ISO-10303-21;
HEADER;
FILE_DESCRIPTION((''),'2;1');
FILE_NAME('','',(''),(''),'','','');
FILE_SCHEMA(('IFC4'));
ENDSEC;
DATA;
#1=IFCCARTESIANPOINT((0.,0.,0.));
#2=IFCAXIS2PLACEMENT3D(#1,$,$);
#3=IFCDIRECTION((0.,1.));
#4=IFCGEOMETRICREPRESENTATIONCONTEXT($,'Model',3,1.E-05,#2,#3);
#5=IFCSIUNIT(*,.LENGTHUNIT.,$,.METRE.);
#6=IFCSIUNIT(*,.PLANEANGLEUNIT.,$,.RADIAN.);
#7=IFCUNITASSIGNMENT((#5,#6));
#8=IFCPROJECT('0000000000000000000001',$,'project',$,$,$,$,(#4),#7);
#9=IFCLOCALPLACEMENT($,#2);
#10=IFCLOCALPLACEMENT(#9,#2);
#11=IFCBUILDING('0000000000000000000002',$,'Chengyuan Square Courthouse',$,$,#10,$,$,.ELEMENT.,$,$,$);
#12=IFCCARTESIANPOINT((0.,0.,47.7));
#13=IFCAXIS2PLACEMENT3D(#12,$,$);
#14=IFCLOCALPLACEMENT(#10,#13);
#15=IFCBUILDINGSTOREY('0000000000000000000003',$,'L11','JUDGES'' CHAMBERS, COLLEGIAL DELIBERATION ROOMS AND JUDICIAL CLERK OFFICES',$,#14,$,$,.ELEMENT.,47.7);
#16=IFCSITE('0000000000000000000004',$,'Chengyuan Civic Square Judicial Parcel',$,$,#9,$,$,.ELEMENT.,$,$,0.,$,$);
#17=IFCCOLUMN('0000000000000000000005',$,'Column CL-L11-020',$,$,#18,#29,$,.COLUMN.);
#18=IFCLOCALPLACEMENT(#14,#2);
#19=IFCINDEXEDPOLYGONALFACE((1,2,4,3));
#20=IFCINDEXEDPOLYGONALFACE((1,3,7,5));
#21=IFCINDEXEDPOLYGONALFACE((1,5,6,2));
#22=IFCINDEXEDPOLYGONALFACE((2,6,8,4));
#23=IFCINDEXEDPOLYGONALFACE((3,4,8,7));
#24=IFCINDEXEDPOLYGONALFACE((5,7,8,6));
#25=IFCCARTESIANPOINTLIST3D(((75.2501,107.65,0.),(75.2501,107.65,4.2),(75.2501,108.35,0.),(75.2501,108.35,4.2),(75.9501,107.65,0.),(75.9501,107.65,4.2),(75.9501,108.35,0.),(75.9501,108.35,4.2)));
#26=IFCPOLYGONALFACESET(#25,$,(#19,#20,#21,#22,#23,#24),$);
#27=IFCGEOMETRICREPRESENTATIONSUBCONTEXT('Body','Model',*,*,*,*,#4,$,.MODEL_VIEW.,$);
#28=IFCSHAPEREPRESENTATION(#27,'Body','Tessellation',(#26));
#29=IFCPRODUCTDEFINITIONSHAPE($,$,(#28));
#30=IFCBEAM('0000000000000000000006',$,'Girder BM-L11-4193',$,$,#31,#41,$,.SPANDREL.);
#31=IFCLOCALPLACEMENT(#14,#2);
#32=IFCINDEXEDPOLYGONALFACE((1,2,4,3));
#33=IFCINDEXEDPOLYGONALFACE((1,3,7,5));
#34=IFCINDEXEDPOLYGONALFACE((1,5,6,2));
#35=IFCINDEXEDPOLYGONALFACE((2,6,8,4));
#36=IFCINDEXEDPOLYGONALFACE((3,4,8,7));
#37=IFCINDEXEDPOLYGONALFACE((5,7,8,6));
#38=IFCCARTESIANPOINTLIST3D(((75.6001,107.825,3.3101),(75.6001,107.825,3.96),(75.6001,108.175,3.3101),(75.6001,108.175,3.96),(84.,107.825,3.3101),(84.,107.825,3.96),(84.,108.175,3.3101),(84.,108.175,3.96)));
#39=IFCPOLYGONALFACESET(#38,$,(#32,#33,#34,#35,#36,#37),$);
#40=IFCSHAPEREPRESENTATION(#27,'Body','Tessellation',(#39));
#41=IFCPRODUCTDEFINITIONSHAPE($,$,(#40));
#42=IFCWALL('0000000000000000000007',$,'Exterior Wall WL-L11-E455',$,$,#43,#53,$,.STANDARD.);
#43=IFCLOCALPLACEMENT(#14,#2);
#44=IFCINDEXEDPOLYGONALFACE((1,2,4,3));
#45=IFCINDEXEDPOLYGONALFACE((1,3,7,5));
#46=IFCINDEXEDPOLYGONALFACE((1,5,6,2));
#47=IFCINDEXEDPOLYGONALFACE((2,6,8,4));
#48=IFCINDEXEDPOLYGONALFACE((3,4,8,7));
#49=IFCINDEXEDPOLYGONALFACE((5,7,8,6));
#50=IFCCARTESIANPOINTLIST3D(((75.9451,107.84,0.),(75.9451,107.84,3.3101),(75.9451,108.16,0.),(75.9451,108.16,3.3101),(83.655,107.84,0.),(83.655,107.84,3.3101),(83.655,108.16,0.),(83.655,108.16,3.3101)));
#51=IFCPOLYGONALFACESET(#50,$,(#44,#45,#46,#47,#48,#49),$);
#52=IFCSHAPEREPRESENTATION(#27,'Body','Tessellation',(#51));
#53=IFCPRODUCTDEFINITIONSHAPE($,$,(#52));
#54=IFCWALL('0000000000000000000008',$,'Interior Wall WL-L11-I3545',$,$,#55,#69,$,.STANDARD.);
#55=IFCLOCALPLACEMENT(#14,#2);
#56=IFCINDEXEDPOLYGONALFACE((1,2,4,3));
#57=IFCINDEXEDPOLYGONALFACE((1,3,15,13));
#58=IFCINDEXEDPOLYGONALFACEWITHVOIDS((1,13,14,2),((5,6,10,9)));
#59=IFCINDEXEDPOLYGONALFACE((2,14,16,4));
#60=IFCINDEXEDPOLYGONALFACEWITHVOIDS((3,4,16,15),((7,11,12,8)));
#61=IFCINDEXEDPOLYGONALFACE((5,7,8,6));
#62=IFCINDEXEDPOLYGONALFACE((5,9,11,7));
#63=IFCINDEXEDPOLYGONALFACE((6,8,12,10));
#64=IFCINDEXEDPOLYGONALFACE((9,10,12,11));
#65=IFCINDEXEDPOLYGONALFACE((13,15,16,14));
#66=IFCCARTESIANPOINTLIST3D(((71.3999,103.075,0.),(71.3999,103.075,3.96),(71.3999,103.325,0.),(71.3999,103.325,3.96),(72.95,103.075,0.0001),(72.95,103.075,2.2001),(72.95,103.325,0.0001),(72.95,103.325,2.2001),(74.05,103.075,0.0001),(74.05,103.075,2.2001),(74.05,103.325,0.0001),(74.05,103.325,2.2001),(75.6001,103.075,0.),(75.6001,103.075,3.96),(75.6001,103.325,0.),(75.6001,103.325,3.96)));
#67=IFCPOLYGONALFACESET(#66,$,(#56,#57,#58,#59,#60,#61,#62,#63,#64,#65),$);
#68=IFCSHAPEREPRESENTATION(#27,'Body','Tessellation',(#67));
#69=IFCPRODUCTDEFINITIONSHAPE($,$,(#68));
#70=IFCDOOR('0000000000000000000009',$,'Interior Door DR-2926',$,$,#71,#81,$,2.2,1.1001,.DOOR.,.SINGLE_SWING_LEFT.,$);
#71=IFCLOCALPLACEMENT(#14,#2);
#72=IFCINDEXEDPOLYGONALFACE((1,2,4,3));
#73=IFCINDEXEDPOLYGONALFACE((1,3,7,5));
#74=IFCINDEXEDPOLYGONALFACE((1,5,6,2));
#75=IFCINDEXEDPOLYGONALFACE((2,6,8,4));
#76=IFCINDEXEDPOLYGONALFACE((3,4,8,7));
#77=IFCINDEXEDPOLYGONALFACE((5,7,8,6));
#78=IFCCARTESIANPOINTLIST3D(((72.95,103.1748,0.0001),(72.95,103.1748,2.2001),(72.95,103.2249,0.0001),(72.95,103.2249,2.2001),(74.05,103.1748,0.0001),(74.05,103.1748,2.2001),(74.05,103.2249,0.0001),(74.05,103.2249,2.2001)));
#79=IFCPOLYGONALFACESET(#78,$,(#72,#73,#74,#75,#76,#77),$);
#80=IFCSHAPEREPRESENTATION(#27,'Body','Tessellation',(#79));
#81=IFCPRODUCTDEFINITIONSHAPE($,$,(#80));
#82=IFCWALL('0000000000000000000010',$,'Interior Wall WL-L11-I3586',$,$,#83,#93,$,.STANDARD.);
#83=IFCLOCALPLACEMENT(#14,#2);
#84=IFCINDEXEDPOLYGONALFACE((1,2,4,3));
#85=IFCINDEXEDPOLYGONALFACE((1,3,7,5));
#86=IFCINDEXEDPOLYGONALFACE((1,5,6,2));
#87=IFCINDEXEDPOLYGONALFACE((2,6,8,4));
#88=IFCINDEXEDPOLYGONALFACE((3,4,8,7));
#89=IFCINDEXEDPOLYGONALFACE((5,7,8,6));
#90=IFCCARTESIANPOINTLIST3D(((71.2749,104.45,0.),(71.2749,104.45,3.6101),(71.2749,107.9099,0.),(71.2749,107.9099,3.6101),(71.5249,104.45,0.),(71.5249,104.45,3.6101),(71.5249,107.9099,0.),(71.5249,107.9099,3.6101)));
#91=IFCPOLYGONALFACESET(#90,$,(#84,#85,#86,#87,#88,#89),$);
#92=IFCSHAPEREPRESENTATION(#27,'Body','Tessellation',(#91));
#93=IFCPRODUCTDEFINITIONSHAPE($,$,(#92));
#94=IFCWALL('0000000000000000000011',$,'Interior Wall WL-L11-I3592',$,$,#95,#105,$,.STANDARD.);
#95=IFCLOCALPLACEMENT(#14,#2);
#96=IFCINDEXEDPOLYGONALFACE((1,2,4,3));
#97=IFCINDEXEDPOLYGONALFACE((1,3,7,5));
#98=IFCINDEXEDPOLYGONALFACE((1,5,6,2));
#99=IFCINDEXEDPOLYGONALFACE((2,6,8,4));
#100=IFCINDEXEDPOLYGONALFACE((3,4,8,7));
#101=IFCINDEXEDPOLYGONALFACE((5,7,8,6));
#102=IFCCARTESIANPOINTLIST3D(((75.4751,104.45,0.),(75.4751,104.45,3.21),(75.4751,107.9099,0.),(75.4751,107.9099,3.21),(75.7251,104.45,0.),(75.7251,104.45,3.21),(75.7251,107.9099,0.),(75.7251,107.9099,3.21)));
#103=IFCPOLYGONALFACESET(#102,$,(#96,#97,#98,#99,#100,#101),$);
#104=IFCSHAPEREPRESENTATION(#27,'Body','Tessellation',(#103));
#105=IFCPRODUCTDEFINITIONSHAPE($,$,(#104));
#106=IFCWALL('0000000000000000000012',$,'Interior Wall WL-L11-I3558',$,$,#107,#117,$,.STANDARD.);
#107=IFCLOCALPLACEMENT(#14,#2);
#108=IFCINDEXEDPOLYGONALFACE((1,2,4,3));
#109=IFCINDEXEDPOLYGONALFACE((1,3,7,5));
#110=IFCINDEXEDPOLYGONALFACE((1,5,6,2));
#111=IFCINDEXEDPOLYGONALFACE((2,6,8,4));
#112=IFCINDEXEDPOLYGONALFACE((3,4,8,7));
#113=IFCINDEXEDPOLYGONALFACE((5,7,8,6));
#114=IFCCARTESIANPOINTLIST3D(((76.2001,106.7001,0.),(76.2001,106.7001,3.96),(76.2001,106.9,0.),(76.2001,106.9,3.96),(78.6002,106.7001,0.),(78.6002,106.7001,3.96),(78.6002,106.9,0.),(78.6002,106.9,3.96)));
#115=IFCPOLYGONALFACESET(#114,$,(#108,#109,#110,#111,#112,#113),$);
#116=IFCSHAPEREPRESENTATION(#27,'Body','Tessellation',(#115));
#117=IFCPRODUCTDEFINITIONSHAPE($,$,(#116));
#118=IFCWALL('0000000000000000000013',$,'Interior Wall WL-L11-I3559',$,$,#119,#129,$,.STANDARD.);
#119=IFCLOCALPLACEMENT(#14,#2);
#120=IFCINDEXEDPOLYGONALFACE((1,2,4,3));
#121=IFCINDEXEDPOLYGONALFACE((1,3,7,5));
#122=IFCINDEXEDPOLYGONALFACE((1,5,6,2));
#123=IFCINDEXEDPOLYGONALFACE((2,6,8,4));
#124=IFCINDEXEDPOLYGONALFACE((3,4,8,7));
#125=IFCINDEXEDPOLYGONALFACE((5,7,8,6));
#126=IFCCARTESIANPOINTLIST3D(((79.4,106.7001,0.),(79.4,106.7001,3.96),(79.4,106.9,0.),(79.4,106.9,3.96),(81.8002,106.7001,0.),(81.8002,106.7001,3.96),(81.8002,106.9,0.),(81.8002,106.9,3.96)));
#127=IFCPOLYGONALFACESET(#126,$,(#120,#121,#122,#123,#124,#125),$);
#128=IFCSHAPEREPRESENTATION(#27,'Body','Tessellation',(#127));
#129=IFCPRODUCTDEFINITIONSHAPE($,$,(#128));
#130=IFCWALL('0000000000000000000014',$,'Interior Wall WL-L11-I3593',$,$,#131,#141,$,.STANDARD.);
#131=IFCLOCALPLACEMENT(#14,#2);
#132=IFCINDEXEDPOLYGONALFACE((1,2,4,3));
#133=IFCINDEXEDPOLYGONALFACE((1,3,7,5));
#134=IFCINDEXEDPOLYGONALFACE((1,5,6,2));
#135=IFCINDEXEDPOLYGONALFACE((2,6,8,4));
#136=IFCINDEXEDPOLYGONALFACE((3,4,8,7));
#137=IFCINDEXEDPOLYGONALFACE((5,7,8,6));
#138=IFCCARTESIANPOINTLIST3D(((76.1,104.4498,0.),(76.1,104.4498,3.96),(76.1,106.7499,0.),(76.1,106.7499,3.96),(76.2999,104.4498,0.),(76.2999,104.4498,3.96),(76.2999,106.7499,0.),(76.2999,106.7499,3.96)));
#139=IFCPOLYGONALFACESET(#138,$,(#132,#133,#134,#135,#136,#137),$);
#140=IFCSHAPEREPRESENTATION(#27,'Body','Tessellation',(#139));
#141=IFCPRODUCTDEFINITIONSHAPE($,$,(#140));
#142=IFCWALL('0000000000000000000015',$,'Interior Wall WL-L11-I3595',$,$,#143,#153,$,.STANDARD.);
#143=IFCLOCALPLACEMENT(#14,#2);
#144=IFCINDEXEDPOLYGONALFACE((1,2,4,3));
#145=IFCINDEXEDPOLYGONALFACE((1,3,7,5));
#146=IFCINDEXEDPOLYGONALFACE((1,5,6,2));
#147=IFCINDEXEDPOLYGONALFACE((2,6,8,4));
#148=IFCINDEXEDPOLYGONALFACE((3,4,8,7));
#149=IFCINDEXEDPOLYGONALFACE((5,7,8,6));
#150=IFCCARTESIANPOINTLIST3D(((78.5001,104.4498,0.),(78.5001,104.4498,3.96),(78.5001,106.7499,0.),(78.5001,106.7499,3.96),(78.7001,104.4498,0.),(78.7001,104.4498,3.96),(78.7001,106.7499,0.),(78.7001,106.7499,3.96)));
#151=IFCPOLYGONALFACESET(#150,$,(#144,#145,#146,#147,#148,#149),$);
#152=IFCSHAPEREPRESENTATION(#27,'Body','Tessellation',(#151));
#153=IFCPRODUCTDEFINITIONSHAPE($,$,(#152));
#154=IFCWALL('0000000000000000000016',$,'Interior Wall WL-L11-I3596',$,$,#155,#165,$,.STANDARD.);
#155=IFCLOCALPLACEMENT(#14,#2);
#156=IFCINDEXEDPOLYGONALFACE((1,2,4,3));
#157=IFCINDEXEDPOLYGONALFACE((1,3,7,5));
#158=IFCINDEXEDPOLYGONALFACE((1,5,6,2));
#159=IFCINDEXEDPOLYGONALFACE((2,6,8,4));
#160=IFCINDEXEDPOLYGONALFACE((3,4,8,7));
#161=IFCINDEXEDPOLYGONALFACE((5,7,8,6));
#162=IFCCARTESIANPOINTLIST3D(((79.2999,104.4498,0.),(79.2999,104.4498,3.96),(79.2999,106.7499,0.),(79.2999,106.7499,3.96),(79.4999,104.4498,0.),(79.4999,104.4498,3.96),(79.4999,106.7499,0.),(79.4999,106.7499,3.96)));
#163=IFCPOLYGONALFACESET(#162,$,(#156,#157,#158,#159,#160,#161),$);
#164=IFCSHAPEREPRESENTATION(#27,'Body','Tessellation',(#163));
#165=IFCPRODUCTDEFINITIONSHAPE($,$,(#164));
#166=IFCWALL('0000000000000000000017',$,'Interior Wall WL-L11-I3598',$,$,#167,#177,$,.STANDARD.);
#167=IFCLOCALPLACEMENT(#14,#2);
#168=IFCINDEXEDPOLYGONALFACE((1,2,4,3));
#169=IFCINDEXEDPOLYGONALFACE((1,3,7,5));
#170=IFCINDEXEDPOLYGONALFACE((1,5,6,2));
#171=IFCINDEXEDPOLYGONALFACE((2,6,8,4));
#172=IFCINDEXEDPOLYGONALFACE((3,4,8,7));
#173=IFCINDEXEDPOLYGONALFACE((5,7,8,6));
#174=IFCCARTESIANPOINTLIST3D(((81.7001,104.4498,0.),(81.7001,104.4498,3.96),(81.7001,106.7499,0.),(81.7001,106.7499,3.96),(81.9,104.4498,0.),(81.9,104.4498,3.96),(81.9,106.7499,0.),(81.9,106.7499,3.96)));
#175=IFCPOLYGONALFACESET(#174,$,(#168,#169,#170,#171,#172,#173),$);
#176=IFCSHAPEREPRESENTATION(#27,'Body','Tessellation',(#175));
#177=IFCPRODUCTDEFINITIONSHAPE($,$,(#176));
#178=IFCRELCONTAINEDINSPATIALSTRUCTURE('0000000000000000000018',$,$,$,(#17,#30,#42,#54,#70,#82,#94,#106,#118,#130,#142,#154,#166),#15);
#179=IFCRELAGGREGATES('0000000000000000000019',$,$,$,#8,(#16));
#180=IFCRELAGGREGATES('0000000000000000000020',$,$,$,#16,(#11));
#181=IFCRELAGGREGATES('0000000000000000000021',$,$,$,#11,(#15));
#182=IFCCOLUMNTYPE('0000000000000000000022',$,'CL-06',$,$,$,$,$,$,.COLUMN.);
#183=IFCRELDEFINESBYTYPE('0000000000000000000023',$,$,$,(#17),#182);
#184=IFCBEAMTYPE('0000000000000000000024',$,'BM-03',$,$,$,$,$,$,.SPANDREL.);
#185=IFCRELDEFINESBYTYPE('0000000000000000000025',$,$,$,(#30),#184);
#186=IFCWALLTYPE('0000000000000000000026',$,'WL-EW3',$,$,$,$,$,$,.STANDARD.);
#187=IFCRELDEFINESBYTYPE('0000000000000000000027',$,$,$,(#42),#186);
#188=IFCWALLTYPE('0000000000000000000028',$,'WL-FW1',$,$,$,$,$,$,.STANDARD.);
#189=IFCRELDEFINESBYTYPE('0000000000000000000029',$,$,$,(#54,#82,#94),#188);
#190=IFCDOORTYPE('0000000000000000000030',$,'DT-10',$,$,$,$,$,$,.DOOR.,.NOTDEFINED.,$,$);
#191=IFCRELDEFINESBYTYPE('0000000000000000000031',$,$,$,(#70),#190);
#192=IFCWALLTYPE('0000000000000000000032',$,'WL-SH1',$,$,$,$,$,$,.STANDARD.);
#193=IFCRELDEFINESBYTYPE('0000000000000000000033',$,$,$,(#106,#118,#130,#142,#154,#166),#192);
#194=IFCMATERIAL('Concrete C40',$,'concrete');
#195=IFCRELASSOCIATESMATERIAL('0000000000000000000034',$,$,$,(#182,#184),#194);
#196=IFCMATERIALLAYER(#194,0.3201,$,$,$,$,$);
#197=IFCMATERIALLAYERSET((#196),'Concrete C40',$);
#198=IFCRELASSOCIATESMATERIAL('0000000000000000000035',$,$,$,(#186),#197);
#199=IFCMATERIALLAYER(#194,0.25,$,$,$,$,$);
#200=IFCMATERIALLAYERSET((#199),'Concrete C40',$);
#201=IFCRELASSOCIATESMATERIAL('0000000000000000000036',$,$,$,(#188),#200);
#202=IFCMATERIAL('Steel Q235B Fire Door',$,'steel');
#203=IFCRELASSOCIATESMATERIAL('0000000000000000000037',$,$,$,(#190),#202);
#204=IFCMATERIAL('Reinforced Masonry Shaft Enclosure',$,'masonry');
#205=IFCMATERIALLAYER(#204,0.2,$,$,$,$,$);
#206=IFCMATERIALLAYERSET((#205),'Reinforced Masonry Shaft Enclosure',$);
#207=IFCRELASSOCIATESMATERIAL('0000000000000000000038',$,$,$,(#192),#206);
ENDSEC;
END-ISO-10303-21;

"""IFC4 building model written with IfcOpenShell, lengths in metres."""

from ifc_helpers import new_model, si_unit, direction, frame, frame_2d, origin, origin_2d, place, context, subcontext, project, spatial, rectangle, extrude, material, layer, layer_set, material_profile, profile_set, type_object, element, fill, save


model = new_model("IFC4")

# Units and contexts
model_context = context("Model", 3, precision=1e-05, world=origin(), true_north=direction((0.0, 1.0)))
body_context = subcontext(model_context, "Body", "Model", "MODEL_VIEW")
ifc_project = project(units=[si_unit("LENGTHUNIT", "METRE"), si_unit("PLANEANGLEUNIT", "RADIAN")], contexts=[model_context])

# Site, building, storey
site_placement = place(None, origin())
site = spatial("IfcSite", under=ifc_project, at=site_placement, Name="Chengyuan Civic Square Judicial Parcel", CompositionType="ELEMENT", RefElevation=0.0)
building_placement = place(site_placement, origin())
building = spatial("IfcBuilding", under=site, at=building_placement, Name="Chengyuan Square Courthouse", CompositionType="ELEMENT")
storey_placement = place(building_placement, frame((0.0, 0.0, 47.7)))
storey = spatial("IfcBuildingStorey", under=building, at=storey_placement, Name="L11", Description="JUDGES' CHAMBERS, COLLEGIAL DELIBERATION ROOMS AND JUDICIAL CLERK OFFICES", CompositionType="ELEMENT", Elevation=47.7)

# Column
ifc_material_1 = material(Name="Concrete C40", Category="concrete")
ifc_material_profile_1 = material_profile(ifc_material_1, rectangle(XDim=0.7, YDim=0.7, at=origin_2d()), Name="RC-COL-700x700")
ifc_profile_set_1 = profile_set([ifc_material_profile_1], Name="Concrete C40")
column_type = type_object("IfcColumnType", Name="CL-06", PredefinedType="COLUMN", material=ifc_profile_set_1)
column_placement = place(storey_placement, frame((75.6001, 108.0, 0.0), z_axis=(0.0, 0.0, 1.0), x_axis=(1.0, 0.0, 0.0)))
element("IfcColumn", 1, at=column_placement, inside=storey, type_object=column_type, Name="Column CL-L11-020", PredefinedType="COLUMN", context=body_context, shape_type="SweptSolid", body=[
    extrude(rectangle(XDim=0.7, YDim=0.7, at=origin_2d()), origin(), (0.0, 0.0, 1.0), 4.2),
])

# Beam
ifc_material_profile_2 = material_profile(ifc_material_1, rectangle(XDim=0.3501, YDim=0.6499, at=origin_2d()), Name="RC-BM-350x650")
ifc_profile_set_2 = profile_set([ifc_material_profile_2], Name="Concrete C40")
beam_type = type_object("IfcBeamType", Name="BM-03", PredefinedType="SPANDREL", material=ifc_profile_set_2)
beam_placement = place(storey_placement, frame((75.6001, 108.0, 3.635), z_axis=(1.0, 0.0, 0.0), x_axis=(0.0, 1.0, 0.0)))
element("IfcBeam", 2, at=beam_placement, inside=storey, type_object=beam_type, Name="Girder BM-L11-4193", PredefinedType="SPANDREL", context=body_context, shape_type="SweptSolid", body=[
    extrude(rectangle(XDim=0.3501, YDim=0.6499, at=origin_2d()), origin(), (0.0, 0.0, 1.0), 8.3999),
])

# Wall
ifc_layer_1 = layer(ifc_material_1, 0.3201)
ifc_layer_set_1 = layer_set([ifc_layer_1], Name="Concrete C40")
wall_type_1 = type_object("IfcWallType", Name="WL-EW3", PredefinedType="STANDARD", material=ifc_layer_set_1)
wall_1_placement = place(storey_placement, frame((75.9451, 108.0, 0.0), z_axis=(0.0, 0.0, 1.0), x_axis=(1.0, 0.0, 0.0)))
element("IfcWall", 3, at=wall_1_placement, inside=storey, type_object=wall_type_1, Name="Exterior Wall WL-L11-E455", PredefinedType="STANDARD", context=body_context, shape_type="SweptSolid", body=[
    extrude(rectangle(XDim=7.71, YDim=0.3201, at=frame_2d((3.855, 0.0))), origin(), (0.0, 0.0, 1.0), 3.3101),
])

# Wall, opening, door
ifc_layer_2 = layer(ifc_material_1, 0.25)
ifc_layer_set_2 = layer_set([ifc_layer_2], Name="Concrete C40")
wall_type_2 = type_object("IfcWallType", Name="WL-FW1", PredefinedType="STANDARD", material=ifc_layer_set_2)
wall_2_placement = place(storey_placement, frame((71.3999, 103.2, 0.0), z_axis=(0.0, 0.0, 1.0), x_axis=(1.0, 0.0, 0.0)))
wall_2 = element("IfcWall", 4, at=wall_2_placement, inside=storey, type_object=wall_type_2, Name="Interior Wall WL-L11-I3545", PredefinedType="STANDARD", context=body_context, shape_type="SweptSolid", body=[
    extrude(rectangle(XDim=4.2002, YDim=0.25, at=frame_2d((2.1001, 0.0))), origin(), (0.0, 0.0, 1.0), 3.96),
])
opening_1_placement = place(wall_2_placement, frame((1.55, 0.0, 0.0)))
opening_1 = element("IfcOpeningElement", 5, at=opening_1_placement, cuts=wall_2, PredefinedType="OPENING", context=body_context, shape_type="SweptSolid", body=[
    extrude(rectangle(XDim=1.1001, YDim=2.2, at=frame_2d((0.55, 1.1001))), frame((0.0, 0.137, 0.0), z_axis=(0.0, -1.0, 0.0), x_axis=(1.0, 0.0, 0.0)), (0.0, 0.0, 1.0), 0.2739),
])
ifc_material_2 = material(Name="Steel Q235B Fire Door", Category="steel")
door_type_1 = type_object("IfcDoorType", Name="DT-10", OperationType="NOTDEFINED", PredefinedType="DOOR", material=ifc_material_2)
door_1_placement = place(opening_1_placement, origin())
door_1 = element("IfcDoor", 6, at=door_1_placement, inside=storey, type_object=door_type_1, Name="Interior Door DR-2926", OperationType="SINGLE_SWING_LEFT", OverallHeight=2.2, OverallWidth=1.1001, PredefinedType="DOOR", context=body_context, shape_type="SweptSolid", body=[
    extrude(rectangle(XDim=1.1001, YDim=2.2, at=frame_2d((0.55, 1.1001))), frame((0.0, 0.0249, 0.0), z_axis=(0.0, -1.0, 0.0), x_axis=(1.0, 0.0, 0.0)), (0.0, 0.0, 1.0), 0.05),
])
fill(opening_1, door_1)

# Walls
wall_3_placement = place(storey_placement, frame((71.3999, 104.45, 0.0), z_axis=(0.0, 0.0, 1.0), x_axis=(0.0, 1.0, 0.0)))
element("IfcWall", 7, at=wall_3_placement, inside=storey, type_object=wall_type_2, Name="Interior Wall WL-L11-I3586", PredefinedType="STANDARD", context=body_context, shape_type="SweptSolid", body=[
    extrude(rectangle(XDim=3.46, YDim=0.25, at=frame_2d((1.73, 0.0))), origin(), (0.0, 0.0, 1.0), 3.6101),
])
wall_4_placement = place(storey_placement, frame((75.6001, 104.45, 0.0), z_axis=(0.0, 0.0, 1.0), x_axis=(0.0, 1.0, 0.0)))
element("IfcWall", 8, at=wall_4_placement, inside=storey, type_object=wall_type_2, Name="Interior Wall WL-L11-I3592", PredefinedType="STANDARD", context=body_context, shape_type="SweptSolid", body=[
    extrude(rectangle(XDim=3.46, YDim=0.25, at=frame_2d((1.73, 0.0))), origin(), (0.0, 0.0, 1.0), 3.21),
])

# Shared definitions
ifc_material_3 = material(Name="Reinforced Masonry Shaft Enclosure", Category="masonry")
ifc_layer_3 = layer(ifc_material_3, 0.2)
ifc_layer_set_3 = layer_set([ifc_layer_3], Name="Reinforced Masonry Shaft Enclosure")
wall_type_3 = type_object("IfcWallType", Name="WL-SH1", PredefinedType="STANDARD", material=ifc_layer_set_3)

# Walls
for number, where, z_axis, x_axis, name in (
    (9, (76.2, 106.8, 0.0), (0.0, 0.0, 1.0), (1.0, 0.0, 0.0), "Interior Wall WL-L11-I3558"),
    (10, (79.3999, 106.8, 0.0), (0.0, 0.0, 1.0), (1.0, 0.0, 0.0), "Interior Wall WL-L11-I3559"),
):
    element("IfcWall", number, at=place(storey_placement, frame(where, z_axis=z_axis, x_axis=x_axis)), inside=storey, type_object=wall_type_3, Name=name, PredefinedType="STANDARD", context=body_context, shape_type="SweptSolid", body=[
        extrude(rectangle(XDim=2.4001, YDim=0.2, at=frame_2d((1.2002, 0.0))), origin(), (0.0, 0.0, 1.0), 3.96),
    ])
for number, where, z_axis, x_axis, name in (
    (11, (76.2, 104.45, 0.0), (0.0, 0.0, 1.0), (0.0, 1.0, 0.0), "Interior Wall WL-L11-I3593"),
    (12, (78.6001, 104.45, 0.0), (0.0, 0.0, 1.0), (0.0, 1.0, 0.0), "Interior Wall WL-L11-I3595"),
    (13, (79.3999, 104.45, 0.0), (0.0, 0.0, 1.0), (0.0, 1.0, 0.0), "Interior Wall WL-L11-I3596"),
    (14, (81.8, 104.45, 0.0), (0.0, 0.0, 1.0), (0.0, 1.0, 0.0), "Interior Wall WL-L11-I3598"),
):
    element("IfcWall", number, at=place(storey_placement, frame(where, z_axis=z_axis, x_axis=x_axis)), inside=storey, type_object=wall_type_3, Name=name, PredefinedType="STANDARD", context=body_context, shape_type="SweptSolid", body=[
        extrude(rectangle(XDim=2.3, YDim=0.2, at=frame_2d((1.1499, 0.0))), origin(), (0.0, 0.0, 1.0), 3.96),
    ])

save(model, "model.ifc")
